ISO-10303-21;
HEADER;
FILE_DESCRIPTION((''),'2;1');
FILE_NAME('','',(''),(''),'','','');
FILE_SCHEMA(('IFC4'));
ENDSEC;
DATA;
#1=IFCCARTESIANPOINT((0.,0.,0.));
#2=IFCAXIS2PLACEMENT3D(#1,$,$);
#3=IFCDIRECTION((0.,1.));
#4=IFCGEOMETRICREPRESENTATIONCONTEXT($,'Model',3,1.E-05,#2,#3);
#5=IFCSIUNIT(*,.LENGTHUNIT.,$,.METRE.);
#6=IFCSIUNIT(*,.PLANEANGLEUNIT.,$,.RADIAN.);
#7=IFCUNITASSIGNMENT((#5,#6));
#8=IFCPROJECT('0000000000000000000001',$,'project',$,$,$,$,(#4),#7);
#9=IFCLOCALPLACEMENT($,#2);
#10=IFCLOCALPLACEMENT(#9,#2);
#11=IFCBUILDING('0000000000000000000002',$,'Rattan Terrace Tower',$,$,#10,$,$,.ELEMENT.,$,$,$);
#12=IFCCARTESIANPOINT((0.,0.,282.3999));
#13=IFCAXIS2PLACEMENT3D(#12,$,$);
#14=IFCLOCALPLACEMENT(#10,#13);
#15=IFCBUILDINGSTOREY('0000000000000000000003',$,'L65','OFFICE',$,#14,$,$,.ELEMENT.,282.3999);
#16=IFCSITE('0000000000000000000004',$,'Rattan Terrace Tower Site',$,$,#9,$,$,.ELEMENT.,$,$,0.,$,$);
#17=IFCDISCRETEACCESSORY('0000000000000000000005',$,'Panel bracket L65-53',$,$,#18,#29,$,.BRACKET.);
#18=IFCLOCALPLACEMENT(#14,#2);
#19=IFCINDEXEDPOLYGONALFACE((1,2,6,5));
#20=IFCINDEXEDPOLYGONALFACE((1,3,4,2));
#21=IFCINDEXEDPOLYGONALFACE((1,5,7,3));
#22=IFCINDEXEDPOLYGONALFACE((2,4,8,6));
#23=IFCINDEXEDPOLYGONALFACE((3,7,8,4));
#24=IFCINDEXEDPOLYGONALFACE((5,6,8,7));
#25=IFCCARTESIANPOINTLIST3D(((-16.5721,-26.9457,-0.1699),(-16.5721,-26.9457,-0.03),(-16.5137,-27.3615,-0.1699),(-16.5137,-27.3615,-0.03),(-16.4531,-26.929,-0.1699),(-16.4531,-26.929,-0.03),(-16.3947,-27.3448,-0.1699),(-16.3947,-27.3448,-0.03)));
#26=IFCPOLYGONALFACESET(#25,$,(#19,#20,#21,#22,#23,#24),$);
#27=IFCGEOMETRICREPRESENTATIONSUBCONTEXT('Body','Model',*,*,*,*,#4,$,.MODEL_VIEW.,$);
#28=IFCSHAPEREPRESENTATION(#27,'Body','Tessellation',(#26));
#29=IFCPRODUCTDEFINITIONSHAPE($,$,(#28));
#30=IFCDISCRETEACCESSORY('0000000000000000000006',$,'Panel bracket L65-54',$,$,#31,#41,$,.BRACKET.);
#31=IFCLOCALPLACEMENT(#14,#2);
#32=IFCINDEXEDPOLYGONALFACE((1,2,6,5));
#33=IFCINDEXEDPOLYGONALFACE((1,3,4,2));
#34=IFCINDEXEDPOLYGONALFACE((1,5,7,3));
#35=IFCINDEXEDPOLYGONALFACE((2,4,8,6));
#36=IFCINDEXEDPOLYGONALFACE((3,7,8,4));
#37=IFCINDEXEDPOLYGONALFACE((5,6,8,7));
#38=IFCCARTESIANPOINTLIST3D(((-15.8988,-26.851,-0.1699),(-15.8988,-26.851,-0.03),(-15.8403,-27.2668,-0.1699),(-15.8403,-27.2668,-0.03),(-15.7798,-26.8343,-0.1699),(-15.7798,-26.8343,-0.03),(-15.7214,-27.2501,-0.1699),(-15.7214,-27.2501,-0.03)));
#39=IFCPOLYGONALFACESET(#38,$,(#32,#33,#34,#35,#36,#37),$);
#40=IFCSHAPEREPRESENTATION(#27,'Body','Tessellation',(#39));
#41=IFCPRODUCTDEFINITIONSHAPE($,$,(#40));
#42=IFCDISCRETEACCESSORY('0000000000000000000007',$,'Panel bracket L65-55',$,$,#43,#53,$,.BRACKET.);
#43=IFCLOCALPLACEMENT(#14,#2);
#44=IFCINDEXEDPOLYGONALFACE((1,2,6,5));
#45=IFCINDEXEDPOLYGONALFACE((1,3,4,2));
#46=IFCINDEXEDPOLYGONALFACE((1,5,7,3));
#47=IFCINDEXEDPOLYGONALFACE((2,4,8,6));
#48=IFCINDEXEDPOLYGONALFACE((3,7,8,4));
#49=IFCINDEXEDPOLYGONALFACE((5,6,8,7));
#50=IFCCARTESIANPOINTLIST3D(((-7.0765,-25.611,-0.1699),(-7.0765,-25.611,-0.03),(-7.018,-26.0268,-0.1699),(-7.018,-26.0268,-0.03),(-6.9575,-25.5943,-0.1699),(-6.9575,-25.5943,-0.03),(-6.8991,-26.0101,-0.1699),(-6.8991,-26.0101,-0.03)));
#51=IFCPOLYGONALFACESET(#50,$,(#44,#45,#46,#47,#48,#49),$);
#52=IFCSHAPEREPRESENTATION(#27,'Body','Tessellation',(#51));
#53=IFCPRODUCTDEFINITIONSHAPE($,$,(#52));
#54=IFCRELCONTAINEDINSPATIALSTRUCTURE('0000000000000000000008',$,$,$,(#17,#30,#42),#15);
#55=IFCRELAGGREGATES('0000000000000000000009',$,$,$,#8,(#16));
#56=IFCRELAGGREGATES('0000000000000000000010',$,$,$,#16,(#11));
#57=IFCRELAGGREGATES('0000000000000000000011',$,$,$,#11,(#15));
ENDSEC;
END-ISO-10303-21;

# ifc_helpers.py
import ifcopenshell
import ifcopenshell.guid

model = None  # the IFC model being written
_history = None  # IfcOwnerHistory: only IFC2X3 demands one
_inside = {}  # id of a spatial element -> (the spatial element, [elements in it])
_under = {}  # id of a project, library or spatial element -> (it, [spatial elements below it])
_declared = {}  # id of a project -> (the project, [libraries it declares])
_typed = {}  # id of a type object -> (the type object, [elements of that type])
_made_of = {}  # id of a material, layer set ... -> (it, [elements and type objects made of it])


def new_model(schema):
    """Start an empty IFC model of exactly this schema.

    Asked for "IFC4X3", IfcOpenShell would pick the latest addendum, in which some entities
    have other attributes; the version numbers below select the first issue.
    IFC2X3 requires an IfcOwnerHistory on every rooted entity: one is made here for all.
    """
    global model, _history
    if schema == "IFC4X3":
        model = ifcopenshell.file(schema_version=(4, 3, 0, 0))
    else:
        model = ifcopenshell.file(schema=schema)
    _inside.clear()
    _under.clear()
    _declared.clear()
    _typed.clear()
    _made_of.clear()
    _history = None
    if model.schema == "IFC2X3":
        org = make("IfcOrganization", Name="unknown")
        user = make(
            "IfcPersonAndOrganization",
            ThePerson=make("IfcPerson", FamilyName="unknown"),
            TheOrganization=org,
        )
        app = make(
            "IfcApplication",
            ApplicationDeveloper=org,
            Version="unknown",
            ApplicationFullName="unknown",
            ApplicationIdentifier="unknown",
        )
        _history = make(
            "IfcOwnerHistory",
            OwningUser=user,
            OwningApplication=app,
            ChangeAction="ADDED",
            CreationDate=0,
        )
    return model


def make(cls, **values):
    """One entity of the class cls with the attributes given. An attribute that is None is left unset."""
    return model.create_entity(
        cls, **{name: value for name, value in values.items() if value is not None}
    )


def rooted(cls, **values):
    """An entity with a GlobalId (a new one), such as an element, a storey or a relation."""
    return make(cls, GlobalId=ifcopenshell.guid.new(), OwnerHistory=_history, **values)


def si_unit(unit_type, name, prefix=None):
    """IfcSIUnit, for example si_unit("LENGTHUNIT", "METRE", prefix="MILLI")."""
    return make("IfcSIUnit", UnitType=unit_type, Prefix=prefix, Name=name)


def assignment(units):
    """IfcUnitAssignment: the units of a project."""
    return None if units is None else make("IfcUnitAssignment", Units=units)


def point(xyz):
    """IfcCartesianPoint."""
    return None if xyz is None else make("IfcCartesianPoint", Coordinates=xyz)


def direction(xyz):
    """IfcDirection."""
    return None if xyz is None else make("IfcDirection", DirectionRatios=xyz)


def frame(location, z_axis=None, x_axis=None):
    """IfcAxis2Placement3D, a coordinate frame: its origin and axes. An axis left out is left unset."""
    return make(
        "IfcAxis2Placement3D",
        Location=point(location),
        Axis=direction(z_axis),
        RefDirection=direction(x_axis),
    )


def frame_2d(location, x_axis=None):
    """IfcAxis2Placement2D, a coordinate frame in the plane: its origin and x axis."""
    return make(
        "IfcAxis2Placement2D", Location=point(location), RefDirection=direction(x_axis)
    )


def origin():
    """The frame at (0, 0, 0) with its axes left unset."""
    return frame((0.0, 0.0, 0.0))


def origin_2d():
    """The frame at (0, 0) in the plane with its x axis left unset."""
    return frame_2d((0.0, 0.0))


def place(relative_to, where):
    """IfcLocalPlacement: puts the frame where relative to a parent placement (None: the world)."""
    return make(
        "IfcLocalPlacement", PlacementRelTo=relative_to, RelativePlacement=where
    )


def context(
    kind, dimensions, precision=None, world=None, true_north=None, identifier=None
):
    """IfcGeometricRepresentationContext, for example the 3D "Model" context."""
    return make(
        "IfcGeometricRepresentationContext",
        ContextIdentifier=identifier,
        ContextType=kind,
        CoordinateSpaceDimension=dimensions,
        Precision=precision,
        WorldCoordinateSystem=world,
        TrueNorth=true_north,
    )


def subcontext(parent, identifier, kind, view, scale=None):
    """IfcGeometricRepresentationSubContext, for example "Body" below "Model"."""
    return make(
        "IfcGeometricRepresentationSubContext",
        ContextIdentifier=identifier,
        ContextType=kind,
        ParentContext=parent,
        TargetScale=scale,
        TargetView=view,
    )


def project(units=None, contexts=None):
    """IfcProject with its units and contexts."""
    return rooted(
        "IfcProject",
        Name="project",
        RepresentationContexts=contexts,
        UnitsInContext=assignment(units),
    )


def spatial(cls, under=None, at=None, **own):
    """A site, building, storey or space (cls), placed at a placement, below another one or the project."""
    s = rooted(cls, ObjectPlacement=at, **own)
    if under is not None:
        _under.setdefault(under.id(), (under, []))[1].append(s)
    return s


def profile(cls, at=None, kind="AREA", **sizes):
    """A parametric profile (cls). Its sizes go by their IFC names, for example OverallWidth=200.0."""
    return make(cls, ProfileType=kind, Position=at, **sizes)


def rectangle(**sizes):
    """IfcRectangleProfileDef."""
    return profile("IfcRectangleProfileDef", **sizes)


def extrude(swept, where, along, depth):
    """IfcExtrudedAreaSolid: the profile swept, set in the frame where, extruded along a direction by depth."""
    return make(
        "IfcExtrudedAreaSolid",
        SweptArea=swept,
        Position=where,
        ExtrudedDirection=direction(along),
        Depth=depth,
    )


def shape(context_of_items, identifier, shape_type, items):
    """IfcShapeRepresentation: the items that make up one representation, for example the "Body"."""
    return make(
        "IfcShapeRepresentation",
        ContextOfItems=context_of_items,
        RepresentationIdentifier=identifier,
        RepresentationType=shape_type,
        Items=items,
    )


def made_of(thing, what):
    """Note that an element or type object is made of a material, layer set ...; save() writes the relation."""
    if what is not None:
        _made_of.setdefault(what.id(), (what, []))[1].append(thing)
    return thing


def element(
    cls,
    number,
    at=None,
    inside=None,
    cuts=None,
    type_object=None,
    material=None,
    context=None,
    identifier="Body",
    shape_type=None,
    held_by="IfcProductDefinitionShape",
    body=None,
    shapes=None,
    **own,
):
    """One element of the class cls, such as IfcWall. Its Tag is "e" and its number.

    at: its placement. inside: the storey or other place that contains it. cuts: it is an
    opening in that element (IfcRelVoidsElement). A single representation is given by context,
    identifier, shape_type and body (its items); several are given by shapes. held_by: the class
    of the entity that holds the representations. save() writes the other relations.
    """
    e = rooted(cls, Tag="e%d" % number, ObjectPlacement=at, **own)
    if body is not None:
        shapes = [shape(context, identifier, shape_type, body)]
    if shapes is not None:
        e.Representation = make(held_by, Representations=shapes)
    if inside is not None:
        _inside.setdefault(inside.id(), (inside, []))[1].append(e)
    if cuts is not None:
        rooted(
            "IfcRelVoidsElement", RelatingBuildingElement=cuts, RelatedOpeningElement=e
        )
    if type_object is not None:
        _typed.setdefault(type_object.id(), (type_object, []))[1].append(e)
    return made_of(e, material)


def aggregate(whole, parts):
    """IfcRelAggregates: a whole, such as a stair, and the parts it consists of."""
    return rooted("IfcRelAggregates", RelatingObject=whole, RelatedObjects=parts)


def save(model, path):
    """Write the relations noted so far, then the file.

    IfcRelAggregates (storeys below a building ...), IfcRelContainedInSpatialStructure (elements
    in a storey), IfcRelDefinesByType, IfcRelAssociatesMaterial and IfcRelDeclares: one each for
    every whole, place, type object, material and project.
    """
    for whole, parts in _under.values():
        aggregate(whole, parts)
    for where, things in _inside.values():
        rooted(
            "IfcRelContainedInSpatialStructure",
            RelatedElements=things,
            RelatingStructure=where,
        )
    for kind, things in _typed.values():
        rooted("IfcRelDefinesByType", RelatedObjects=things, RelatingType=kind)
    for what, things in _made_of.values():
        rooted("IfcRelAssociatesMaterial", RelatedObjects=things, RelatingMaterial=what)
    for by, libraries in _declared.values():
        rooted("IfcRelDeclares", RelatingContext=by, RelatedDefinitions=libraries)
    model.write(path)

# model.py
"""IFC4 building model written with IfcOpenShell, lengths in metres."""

from ifc_helpers import new_model, si_unit, direction, frame, origin, origin_2d, place, context, subcontext, project, spatial, rectangle, extrude, element, save


model = new_model("IFC4")

# Units and contexts
model_context = context("Model", 3, precision=1e-05, world=origin(), true_north=direction((0.0, 1.0)))
body_context = subcontext(model_context, "Body", "Model", "MODEL_VIEW")
ifc_project = project(units=[si_unit("LENGTHUNIT", "METRE"), si_unit("PLANEANGLEUNIT", "RADIAN")], contexts=[model_context])

# Site, building, storey
site_placement = place(None, origin())
site = spatial("IfcSite", under=ifc_project, at=site_placement, Name="Rattan Terrace Tower Site", CompositionType="ELEMENT", RefElevation=0.0)
building_placement = place(site_placement, origin())
building = spatial("IfcBuilding", under=site, at=building_placement, Name="Rattan Terrace Tower", CompositionType="ELEMENT")
storey_placement = place(building_placement, frame((0.0, 0.0, 282.3999)))
storey = spatial("IfcBuildingStorey", under=building, at=storey_placement, Name="L65", Description="OFFICE", CompositionType="ELEMENT", Elevation=282.3999)

# Discrete accessories
for number, where, z_axis, x_axis, name in (
    (1, (-16.4834, -27.1453, -0.1699), (0.0, 0.0, 1.0), (0.990287, 0.13904, 0.0), "Panel bracket L65-53"),
    (2, (-15.8101, -27.0505, -0.1699), (0.0, 0.0, 1.0), (0.990266, 0.139189, 0.0), "Panel bracket L65-54"),
    (3, (-6.9878, -25.8105, -0.1699), (0.0, 0.0, 1.0), (0.990266, 0.139189, 0.0), "Panel bracket L65-55"),
):
    element("IfcDiscreteAccessory", number, at=place(storey_placement, frame(where, z_axis=z_axis, x_axis=x_axis)), inside=storey, Name=name, PredefinedType="BRACKET", context=body_context, shape_type="SweptSolid", body=[
        extrude(rectangle(XDim=0.1201, YDim=0.4199, at=origin_2d()), origin(), (0.0, 0.0, 1.0), 0.1399),
    ])

save(model, "model.ifc")
